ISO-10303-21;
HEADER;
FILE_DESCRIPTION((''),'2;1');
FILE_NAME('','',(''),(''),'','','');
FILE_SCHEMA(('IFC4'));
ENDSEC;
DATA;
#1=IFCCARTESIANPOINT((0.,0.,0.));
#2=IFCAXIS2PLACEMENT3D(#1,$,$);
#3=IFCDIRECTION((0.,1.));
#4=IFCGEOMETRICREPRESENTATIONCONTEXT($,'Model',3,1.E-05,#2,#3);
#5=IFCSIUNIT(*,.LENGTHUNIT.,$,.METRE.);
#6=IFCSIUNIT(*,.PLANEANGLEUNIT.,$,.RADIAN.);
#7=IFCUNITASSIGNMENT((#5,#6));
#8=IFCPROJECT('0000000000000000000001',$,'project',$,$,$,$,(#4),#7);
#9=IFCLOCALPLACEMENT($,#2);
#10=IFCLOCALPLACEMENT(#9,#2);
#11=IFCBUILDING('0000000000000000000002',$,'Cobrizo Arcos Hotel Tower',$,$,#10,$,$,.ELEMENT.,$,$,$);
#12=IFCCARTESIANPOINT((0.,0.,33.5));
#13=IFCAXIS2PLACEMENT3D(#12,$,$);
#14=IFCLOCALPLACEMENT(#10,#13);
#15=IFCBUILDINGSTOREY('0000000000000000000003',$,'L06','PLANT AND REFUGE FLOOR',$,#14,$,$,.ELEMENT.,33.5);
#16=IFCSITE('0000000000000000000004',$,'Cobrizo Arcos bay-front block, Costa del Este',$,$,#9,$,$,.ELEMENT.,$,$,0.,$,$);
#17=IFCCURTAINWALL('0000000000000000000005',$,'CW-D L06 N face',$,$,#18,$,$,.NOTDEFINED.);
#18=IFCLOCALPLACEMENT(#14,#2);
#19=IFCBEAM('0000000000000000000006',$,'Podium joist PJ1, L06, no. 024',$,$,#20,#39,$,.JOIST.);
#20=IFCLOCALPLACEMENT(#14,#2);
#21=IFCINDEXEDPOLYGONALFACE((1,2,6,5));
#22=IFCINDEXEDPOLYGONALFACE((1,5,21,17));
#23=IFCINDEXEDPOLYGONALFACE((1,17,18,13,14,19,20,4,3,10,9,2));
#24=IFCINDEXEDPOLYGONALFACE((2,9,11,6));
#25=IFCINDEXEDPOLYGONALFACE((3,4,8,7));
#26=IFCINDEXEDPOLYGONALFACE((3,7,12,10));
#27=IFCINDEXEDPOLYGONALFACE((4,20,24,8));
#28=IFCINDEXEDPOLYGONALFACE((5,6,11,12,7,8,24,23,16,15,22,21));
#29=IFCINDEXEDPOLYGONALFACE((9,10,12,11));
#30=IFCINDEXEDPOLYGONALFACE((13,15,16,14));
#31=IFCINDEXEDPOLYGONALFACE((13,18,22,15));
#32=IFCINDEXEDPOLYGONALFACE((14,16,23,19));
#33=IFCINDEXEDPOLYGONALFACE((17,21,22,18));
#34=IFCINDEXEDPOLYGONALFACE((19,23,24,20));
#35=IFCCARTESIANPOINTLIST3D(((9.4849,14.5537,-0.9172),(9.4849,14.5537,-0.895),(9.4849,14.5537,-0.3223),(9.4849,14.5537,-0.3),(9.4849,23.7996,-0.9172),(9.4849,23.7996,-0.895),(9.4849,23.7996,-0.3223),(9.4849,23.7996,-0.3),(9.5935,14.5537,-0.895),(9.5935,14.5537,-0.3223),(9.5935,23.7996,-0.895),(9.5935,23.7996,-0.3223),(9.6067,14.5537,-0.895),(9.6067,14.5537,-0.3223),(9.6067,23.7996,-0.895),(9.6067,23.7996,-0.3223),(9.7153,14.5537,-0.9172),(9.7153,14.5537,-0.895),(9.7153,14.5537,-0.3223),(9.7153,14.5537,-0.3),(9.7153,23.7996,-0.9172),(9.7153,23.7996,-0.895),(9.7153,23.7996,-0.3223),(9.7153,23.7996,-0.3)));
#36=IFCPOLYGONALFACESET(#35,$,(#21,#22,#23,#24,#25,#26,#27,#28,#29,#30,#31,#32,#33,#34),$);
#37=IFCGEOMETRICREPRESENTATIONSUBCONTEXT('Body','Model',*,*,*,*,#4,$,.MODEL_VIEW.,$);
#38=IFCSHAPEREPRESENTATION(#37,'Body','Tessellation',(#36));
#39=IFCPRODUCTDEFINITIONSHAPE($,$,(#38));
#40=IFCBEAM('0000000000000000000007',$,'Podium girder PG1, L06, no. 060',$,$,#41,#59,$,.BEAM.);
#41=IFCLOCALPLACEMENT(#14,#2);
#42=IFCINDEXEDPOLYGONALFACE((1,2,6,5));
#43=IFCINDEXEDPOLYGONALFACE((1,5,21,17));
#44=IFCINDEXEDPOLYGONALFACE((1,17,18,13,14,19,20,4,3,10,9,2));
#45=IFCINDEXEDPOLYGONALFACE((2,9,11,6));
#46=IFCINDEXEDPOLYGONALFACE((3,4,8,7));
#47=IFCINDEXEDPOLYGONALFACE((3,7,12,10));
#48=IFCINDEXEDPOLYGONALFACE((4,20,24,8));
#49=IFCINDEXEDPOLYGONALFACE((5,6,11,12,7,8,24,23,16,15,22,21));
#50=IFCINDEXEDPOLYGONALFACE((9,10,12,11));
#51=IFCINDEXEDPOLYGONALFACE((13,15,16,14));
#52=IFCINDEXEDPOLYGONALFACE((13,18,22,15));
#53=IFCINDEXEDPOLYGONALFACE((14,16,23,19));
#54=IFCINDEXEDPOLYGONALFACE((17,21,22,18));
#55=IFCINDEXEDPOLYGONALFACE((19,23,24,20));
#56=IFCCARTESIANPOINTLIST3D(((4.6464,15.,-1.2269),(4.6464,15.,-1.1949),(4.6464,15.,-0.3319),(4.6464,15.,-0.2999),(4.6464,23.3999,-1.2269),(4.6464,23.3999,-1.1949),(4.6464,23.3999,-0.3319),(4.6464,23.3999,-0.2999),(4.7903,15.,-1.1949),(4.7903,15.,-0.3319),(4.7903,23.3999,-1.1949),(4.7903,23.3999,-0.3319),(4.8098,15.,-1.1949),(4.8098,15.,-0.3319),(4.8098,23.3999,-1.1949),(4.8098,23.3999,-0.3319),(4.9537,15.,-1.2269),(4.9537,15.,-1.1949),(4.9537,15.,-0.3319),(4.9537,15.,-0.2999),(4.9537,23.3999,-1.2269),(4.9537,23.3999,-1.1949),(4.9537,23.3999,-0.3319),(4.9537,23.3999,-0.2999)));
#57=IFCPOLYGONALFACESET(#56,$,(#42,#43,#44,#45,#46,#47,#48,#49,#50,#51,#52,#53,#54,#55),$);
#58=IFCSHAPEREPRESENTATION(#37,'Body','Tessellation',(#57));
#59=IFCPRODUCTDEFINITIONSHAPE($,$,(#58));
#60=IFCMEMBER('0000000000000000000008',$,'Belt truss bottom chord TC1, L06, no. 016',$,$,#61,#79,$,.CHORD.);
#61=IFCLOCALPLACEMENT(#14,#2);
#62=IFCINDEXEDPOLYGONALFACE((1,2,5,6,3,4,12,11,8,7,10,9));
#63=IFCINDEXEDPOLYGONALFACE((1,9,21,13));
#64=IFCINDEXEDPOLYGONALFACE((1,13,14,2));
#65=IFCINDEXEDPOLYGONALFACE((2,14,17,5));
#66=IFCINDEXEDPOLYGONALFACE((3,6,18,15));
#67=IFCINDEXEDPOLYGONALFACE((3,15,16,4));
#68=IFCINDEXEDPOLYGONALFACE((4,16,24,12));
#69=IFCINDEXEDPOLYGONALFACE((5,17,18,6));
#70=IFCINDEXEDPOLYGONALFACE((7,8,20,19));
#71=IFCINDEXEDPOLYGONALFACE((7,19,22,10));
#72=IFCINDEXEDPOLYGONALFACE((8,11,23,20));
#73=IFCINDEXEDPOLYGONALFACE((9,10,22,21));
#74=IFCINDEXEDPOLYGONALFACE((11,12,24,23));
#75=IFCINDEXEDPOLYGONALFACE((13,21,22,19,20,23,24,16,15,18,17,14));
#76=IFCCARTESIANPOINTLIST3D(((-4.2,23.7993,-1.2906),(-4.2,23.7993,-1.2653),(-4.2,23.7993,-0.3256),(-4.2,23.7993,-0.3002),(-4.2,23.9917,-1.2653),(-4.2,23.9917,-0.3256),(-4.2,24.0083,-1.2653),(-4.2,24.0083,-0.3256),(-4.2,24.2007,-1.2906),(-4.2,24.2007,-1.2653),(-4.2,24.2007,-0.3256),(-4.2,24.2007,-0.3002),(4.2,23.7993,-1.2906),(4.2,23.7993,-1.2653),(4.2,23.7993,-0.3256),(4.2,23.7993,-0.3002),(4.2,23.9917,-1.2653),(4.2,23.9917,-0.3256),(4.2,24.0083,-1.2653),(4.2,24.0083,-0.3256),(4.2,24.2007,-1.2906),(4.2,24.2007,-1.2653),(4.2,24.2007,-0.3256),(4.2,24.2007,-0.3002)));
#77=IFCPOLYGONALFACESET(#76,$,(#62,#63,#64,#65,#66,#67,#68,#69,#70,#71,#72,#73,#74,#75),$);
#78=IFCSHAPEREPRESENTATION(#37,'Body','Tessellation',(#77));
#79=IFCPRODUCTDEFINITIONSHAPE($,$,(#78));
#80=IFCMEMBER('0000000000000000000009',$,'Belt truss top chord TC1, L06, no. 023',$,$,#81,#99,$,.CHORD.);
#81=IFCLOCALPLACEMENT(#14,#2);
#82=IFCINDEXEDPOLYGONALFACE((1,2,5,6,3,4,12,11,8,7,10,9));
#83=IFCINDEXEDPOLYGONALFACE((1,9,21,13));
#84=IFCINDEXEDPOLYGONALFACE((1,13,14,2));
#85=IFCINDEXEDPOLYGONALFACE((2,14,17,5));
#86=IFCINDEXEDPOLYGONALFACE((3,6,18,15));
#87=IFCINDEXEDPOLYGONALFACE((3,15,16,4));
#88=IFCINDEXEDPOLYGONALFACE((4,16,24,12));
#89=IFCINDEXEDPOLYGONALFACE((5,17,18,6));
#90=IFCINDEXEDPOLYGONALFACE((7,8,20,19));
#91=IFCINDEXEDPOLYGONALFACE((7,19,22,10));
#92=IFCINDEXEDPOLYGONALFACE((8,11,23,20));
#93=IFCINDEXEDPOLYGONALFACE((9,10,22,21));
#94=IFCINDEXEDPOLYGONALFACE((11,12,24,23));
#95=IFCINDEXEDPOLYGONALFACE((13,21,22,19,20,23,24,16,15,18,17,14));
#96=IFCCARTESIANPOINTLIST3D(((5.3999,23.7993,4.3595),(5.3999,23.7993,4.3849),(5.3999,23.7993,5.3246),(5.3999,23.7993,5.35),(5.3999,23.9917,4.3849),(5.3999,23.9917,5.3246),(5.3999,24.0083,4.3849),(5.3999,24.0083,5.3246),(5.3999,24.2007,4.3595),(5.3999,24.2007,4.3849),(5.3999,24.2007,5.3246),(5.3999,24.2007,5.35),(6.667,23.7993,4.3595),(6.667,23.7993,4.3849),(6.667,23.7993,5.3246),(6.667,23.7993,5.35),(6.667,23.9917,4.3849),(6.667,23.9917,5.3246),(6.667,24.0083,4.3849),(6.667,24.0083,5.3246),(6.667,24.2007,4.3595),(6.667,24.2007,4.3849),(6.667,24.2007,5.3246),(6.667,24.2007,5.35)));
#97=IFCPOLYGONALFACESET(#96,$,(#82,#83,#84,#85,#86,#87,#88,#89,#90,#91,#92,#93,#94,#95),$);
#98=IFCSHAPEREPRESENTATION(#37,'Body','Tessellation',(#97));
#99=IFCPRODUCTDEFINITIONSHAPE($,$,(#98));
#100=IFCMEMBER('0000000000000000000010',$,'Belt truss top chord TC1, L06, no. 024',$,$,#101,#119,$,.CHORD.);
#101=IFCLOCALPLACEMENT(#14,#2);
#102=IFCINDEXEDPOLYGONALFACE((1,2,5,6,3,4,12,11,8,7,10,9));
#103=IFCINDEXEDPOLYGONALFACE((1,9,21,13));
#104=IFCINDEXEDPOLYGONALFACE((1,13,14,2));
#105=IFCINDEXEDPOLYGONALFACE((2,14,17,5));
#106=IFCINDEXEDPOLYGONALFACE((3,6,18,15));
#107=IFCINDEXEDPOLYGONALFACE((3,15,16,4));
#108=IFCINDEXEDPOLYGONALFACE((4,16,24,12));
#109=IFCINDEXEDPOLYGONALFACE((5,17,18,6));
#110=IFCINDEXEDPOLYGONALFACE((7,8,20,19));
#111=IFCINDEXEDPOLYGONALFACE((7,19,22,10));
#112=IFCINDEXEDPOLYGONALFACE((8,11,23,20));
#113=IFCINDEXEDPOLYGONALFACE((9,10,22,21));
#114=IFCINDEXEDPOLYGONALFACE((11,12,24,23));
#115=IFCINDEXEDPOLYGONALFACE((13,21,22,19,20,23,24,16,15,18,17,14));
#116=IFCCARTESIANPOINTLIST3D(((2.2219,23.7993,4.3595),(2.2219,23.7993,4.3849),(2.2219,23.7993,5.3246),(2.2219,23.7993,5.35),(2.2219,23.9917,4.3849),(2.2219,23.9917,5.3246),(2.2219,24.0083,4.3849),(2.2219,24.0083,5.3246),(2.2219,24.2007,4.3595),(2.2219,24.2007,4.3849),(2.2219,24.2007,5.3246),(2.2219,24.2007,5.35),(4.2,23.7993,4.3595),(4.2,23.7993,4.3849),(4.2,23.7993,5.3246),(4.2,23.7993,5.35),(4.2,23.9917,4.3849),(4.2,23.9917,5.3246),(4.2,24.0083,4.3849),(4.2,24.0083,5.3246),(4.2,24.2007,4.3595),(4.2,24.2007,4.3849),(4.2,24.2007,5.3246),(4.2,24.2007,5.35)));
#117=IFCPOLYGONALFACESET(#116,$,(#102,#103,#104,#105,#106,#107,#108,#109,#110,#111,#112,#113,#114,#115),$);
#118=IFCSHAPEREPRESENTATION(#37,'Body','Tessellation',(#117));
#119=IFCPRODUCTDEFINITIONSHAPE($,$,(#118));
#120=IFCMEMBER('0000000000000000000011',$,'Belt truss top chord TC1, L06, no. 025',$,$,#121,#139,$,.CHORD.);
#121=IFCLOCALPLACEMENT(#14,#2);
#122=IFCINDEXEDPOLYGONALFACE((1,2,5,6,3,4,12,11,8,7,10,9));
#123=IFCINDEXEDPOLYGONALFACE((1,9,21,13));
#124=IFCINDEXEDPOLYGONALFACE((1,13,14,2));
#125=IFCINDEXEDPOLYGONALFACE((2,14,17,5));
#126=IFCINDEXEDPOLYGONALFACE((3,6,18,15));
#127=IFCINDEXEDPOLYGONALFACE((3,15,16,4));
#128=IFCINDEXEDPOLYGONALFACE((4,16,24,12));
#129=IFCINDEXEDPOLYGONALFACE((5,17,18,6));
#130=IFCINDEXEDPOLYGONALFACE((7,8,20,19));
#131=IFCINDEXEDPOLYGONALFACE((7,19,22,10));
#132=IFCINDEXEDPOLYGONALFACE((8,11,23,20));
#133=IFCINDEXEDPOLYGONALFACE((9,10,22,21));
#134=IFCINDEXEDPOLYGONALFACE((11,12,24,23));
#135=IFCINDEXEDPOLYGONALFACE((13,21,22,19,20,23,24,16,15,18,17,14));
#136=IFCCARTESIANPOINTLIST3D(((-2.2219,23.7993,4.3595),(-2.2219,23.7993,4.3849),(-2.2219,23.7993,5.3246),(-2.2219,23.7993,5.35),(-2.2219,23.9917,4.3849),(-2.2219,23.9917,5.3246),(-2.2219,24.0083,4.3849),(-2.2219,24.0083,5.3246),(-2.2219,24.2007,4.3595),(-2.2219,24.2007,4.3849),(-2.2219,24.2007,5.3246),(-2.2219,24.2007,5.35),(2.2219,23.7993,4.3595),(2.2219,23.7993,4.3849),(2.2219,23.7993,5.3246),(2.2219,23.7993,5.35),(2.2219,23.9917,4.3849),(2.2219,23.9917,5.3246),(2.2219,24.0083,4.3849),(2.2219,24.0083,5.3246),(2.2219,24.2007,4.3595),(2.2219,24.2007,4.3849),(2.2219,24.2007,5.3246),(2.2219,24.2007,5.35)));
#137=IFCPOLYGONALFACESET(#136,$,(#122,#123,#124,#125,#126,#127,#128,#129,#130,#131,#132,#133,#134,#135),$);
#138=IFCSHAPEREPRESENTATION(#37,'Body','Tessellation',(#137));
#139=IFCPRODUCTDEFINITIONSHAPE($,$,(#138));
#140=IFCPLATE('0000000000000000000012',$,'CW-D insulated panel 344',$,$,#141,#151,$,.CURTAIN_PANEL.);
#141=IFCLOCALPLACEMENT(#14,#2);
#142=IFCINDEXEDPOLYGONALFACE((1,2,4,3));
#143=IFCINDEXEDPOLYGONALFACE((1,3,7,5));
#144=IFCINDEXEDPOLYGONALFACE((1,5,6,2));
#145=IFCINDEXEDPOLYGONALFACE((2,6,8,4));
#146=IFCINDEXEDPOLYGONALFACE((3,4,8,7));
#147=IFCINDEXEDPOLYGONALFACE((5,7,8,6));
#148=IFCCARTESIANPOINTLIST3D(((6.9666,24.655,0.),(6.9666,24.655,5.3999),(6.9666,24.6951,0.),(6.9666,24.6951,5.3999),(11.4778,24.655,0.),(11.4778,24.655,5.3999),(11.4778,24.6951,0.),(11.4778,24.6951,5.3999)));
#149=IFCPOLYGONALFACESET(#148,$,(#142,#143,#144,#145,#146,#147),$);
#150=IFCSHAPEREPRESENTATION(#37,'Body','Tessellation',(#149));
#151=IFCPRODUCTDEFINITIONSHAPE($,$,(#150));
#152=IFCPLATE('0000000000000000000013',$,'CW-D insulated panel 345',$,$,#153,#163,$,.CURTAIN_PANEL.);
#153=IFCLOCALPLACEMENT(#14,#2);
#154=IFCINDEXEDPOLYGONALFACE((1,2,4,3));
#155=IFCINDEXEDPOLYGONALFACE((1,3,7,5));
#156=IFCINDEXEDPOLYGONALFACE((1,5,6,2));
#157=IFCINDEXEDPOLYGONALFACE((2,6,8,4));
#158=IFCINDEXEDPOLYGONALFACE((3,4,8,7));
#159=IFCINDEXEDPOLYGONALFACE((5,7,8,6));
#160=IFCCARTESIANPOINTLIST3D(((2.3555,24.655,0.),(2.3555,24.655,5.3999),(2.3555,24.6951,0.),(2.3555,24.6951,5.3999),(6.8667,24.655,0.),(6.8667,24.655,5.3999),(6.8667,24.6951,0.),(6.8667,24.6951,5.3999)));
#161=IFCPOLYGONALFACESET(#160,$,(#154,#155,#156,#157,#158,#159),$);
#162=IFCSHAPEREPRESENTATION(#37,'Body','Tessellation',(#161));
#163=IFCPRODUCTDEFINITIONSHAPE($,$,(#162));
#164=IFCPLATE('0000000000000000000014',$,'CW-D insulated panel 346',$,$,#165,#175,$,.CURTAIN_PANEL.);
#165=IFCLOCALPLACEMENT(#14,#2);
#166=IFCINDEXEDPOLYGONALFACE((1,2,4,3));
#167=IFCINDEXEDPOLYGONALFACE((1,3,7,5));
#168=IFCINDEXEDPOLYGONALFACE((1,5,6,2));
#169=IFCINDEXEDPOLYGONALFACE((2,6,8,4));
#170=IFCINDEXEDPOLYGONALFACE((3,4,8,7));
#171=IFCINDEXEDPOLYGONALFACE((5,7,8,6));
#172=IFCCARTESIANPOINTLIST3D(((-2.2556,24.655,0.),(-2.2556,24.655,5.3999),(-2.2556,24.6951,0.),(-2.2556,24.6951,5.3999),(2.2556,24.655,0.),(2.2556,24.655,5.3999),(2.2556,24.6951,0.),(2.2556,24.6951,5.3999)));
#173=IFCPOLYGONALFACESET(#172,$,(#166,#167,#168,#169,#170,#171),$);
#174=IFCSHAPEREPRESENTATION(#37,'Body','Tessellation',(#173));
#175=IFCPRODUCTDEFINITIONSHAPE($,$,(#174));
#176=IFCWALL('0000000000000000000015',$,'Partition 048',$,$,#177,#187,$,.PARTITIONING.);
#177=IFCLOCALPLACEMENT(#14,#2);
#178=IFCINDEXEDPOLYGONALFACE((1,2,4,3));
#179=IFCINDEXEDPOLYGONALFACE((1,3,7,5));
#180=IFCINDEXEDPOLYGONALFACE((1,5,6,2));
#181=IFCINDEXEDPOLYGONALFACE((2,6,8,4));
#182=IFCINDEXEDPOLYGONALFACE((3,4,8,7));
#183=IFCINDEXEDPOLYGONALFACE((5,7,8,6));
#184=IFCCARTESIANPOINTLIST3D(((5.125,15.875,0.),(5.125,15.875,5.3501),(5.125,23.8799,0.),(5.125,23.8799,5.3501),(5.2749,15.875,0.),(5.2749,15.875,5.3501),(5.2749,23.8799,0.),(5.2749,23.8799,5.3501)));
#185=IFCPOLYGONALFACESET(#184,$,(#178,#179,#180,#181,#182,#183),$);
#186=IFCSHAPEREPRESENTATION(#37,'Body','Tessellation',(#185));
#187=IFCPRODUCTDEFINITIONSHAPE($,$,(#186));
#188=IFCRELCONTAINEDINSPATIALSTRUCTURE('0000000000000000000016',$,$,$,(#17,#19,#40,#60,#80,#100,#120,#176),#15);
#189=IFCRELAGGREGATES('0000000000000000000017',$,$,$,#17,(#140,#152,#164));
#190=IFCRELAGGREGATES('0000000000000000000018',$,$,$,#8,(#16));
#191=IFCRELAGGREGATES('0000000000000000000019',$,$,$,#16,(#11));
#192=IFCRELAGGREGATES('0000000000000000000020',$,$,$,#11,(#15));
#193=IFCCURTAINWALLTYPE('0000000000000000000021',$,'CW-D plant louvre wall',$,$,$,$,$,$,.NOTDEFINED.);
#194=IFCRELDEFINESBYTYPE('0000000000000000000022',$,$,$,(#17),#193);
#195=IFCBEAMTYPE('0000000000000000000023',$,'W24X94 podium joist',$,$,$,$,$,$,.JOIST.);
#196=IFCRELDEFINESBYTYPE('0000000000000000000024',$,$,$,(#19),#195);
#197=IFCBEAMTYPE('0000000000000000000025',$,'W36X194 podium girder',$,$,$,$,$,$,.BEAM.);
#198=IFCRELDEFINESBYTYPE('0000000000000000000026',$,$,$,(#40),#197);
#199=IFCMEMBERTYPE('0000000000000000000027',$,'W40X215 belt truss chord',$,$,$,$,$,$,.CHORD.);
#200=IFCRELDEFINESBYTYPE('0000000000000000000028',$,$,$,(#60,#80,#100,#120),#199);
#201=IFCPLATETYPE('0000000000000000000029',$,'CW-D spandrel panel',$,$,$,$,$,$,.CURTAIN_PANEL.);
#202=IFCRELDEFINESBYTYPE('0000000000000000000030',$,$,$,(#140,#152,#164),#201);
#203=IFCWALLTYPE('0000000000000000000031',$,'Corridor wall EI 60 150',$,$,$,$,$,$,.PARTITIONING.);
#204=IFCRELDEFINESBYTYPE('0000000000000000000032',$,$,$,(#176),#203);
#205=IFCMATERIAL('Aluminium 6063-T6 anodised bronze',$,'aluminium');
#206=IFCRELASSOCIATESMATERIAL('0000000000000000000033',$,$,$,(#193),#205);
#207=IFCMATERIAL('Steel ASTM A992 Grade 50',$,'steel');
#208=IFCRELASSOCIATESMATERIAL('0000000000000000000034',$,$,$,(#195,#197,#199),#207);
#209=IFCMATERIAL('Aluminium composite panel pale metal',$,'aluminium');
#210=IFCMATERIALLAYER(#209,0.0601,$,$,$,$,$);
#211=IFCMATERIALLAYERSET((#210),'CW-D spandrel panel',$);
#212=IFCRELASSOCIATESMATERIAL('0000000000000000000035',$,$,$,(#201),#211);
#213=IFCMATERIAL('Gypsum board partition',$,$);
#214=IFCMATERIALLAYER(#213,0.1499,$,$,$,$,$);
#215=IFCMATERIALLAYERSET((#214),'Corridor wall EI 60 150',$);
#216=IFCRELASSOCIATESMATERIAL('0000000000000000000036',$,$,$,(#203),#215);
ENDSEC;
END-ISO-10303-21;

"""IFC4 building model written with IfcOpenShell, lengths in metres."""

from ifc_helpers import new_model, si_unit, direction, frame, frame_2d, origin, origin_2d, place, context, subcontext, project, spatial, rectangle, i_section, extrude, material, layer, layer_set, material_profile, profile_set, type_object, element, aggregate, save


model = new_model("IFC4")

# Units and contexts
model_context = context("Model", 3, precision=1e-05, world=origin(), true_north=direction((0.0, 1.0)))
body_context = subcontext(model_context, "Body", "Model", "MODEL_VIEW")
ifc_project = project(units=[si_unit("LENGTHUNIT", "METRE"), si_unit("PLANEANGLEUNIT", "RADIAN")], contexts=[model_context])

# Site, building, storey
site_placement = place(None, origin())
site = spatial("IfcSite", under=ifc_project, at=site_placement, Name="Cobrizo Arcos bay-front block, Costa del Este", CompositionType="ELEMENT", RefElevation=0.0)
building_placement = place(site_placement, origin())
building = spatial("IfcBuilding", under=site, at=building_placement, Name="Cobrizo Arcos Hotel Tower", CompositionType="ELEMENT")
storey_placement = place(building_placement, frame((0.0, 0.0, 33.5)))
storey = spatial("IfcBuildingStorey", under=building, at=storey_placement, Name="L06", Description="PLANT AND REFUGE FLOOR", CompositionType="ELEMENT", Elevation=33.5)

# Curtain wall
ifc_material_1 = material(Name="Aluminium 6063-T6 anodised bronze", Category="aluminium")
curtain_wall_type = type_object("IfcCurtainWallType", Name="CW-D plant louvre wall", PredefinedType="NOTDEFINED", material=ifc_material_1)
curtain_wall_placement = place(storey_placement, origin())
curtain_wall = element("IfcCurtainWall", 1, at=curtain_wall_placement, inside=storey, type_object=curtain_wall_type, Name="CW-D L06 N face", PredefinedType="NOTDEFINED")

# Shared definitions
ifc_material_2 = material(Name="Steel ASTM A992 Grade 50", Category="steel")

# Beams
ifc_material_profile_1 = material_profile(ifc_material_2, i_section(OverallWidth=0.2305, OverallDepth=0.6172, WebThickness=0.0132, FlangeThickness=0.0222, at=origin_2d()), Name="W24X94")
ifc_profile_set_1 = profile_set([ifc_material_profile_1], Name="Steel ASTM A992 Grade 50")
beam_type_1 = type_object("IfcBeamType", Name="W24X94 podium joist", PredefinedType="JOIST", material=ifc_profile_set_1)
beam_1_placement = place(storey_placement, frame((9.6001, 14.5537, -0.6086), z_axis=(0.0, 1.0, 0.0), x_axis=(-1.0, 0.0, 0.0)))
element("IfcBeam", 2, at=beam_1_placement, inside=storey, type_object=beam_type_1, Name="Podium joist PJ1, L06, no. 024", PredefinedType="JOIST", context=body_context, shape_type="SweptSolid", body=[
    extrude(i_section(OverallWidth=0.2305, OverallDepth=0.6172, WebThickness=0.0132, FlangeThickness=0.0222, at=origin_2d()), origin(), (0.0, 0.0, 1.0), 9.2458),
])
ifc_material_profile_2 = material_profile(ifc_material_2, i_section(OverallWidth=0.3074, OverallDepth=0.927, WebThickness=0.0195, FlangeThickness=0.032, at=origin_2d()), Name="W36X194")
ifc_profile_set_2 = profile_set([ifc_material_profile_2], Name="Steel ASTM A992 Grade 50")
beam_type_2 = type_object("IfcBeamType", Name="W36X194 podium girder", PredefinedType="BEAM", material=ifc_profile_set_2)
beam_2_placement = place(storey_placement, frame((4.8, 15.0, -0.7634), z_axis=(0.0, 1.0, 0.0), x_axis=(-1.0, 0.0, 0.0)))
element("IfcBeam", 3, at=beam_2_placement, inside=storey, type_object=beam_type_2, Name="Podium girder PG1, L06, no. 060", PredefinedType="BEAM", context=body_context, shape_type="SweptSolid", body=[
    extrude(i_section(OverallWidth=0.3074, OverallDepth=0.927, WebThickness=0.0195, FlangeThickness=0.032, at=origin_2d()), origin(), (0.0, 0.0, 1.0), 8.3999),
])

# Members
ifc_material_profile_3 = material_profile(ifc_material_2, i_section(OverallWidth=0.4014, OverallDepth=0.9905, WebThickness=0.0166, FlangeThickness=0.0254, at=origin_2d()), Name="W40X215")
ifc_profile_set_3 = profile_set([ifc_material_profile_3], Name="Steel ASTM A992 Grade 50")
member_type_1 = type_object("IfcMemberType", Name="W40X215 belt truss chord", PredefinedType="CHORD", material=ifc_profile_set_3)
member_1_placement = place(storey_placement, frame((4.2, 24.0, -0.7954), z_axis=(-1.0, 0.0, 0.0), x_axis=(0.0, -1.0, 0.0)))
element("IfcMember", 4, at=member_1_placement, inside=storey, type_object=member_type_1, Name="Belt truss bottom chord TC1, L06, no. 016", PredefinedType="CHORD", context=body_context, shape_type="SweptSolid", body=[
    extrude(i_section(OverallWidth=0.4014, OverallDepth=0.9905, WebThickness=0.0166, FlangeThickness=0.0254, at=origin_2d()), origin(), (0.0, 0.0, 1.0), 8.3999),
])
member_2_placement = place(storey_placement, frame((6.667, 24.0, 4.8547), z_axis=(-1.0, 0.0, 0.0), x_axis=(0.0, -1.0, 0.0)))
element("IfcMember", 5, at=member_2_placement, inside=storey, type_object=member_type_1, Name="Belt truss top chord TC1, L06, no. 023", PredefinedType="CHORD", context=body_context, shape_type="SweptSolid", body=[
    extrude(i_section(OverallWidth=0.4014, OverallDepth=0.9905, WebThickness=0.0166, FlangeThickness=0.0254, at=origin_2d()), origin(), (0.0, 0.0, 1.0), 1.2671),
])
member_3_placement = place(storey_placement, frame((4.2, 24.0, 4.8547), z_axis=(-1.0, 0.0, 0.0), x_axis=(0.0, -1.0, 0.0)))
element("IfcMember", 6, at=member_3_placement, inside=storey, type_object=member_type_1, Name="Belt truss top chord TC1, L06, no. 024", PredefinedType="CHORD", context=body_context, shape_type="SweptSolid", body=[
    extrude(i_section(OverallWidth=0.4014, OverallDepth=0.9905, WebThickness=0.0166, FlangeThickness=0.0254, at=origin_2d()), origin(), (0.0, 0.0, 1.0), 1.978),
])
member_4_placement = place(storey_placement, frame((2.2219, 24.0, 4.8547), z_axis=(-1.0, 0.0, 0.0), x_axis=(0.0, -1.0, 0.0)))
element("IfcMember", 7, at=member_4_placement, inside=storey, type_object=member_type_1, Name="Belt truss top chord TC1, L06, no. 025", PredefinedType="CHORD", context=body_context, shape_type="SweptSolid", body=[
    extrude(i_section(OverallWidth=0.4014, OverallDepth=0.9905, WebThickness=0.0166, FlangeThickness=0.0254, at=origin_2d()), origin(), (0.0, 0.0, 1.0), 4.4438),
])

# Plates
ifc_material_3 = material(Name="Aluminium composite panel pale metal", Category="aluminium")
ifc_layer_1 = layer(ifc_material_3, 0.0601)
ifc_layer_set_1 = layer_set([ifc_layer_1], Name="CW-D spandrel panel")
plate_type = type_object("IfcPlateType", Name="CW-D spandrel panel", PredefinedType="CURTAIN_PANEL", material=ifc_layer_set_1)
plate_1_placement = place(storey_placement, frame((9.2222, 24.675, 0.0), z_axis=(0.0, 0.0, 1.0), x_axis=(-1.0, 0.0, 0.0)))
plate_1 = element("IfcPlate", 8, at=plate_1_placement, type_object=plate_type, Name="CW-D insulated panel 344", PredefinedType="CURTAIN_PANEL", context=body_context, shape_type="SweptSolid", body=[
    extrude(rectangle(XDim=4.5112, YDim=0.04, at=origin_2d()), origin(), (0.0, 0.0, 1.0), 5.3999),
])
plate_2_placement = place(storey_placement, frame((4.6111, 24.675, 0.0), z_axis=(0.0, 0.0, 1.0), x_axis=(-1.0, 0.0, 0.0)))
plate_2 = element("IfcPlate", 9, at=plate_2_placement, type_object=plate_type, Name="CW-D insulated panel 345", PredefinedType="CURTAIN_PANEL", context=body_context, shape_type="SweptSolid", body=[
    extrude(rectangle(XDim=4.5112, YDim=0.04, at=origin_2d()), origin(), (0.0, 0.0, 1.0), 5.3999),
])
plate_3_placement = place(storey_placement, frame((0.0, 24.675, 0.0), z_axis=(0.0, 0.0, 1.0), x_axis=(-1.0, 0.0, 0.0)))
plate_3 = element("IfcPlate", 10, at=plate_3_placement, type_object=plate_type, Name="CW-D insulated panel 346", PredefinedType="CURTAIN_PANEL", context=body_context, shape_type="SweptSolid", body=[
    extrude(rectangle(XDim=4.5112, YDim=0.04, at=origin_2d()), origin(), (0.0, 0.0, 1.0), 5.3999),
])
aggregate(curtain_wall, [plate_1, plate_2, plate_3])

# Wall
ifc_material_4 = material(Name="Gypsum board partition")
ifc_layer_2 = layer(ifc_material_4, 0.1499)
ifc_layer_set_2 = layer_set([ifc_layer_2], Name="Corridor wall EI 60 150")
wall_type = type_object("IfcWallType", Name="Corridor wall EI 60 150", PredefinedType="PARTITIONING", material=ifc_layer_set_2)
wall_placement = place(storey_placement, frame((5.2, 15.875, 0.0), z_axis=(0.0, 0.0, 1.0), x_axis=(0.0, 1.0, 0.0)))
element("IfcWall", 11, at=wall_placement, inside=storey, type_object=wall_type, Name="Partition 048", PredefinedType="PARTITIONING", context=body_context, shape_type="SweptSolid", body=[
    extrude(rectangle(XDim=8.0049, YDim=0.1499, at=frame_2d((4.0024, 0.0))), origin(), (0.0, 0.0, 1.0), 5.3501),
])

save(model, "model.ifc")
